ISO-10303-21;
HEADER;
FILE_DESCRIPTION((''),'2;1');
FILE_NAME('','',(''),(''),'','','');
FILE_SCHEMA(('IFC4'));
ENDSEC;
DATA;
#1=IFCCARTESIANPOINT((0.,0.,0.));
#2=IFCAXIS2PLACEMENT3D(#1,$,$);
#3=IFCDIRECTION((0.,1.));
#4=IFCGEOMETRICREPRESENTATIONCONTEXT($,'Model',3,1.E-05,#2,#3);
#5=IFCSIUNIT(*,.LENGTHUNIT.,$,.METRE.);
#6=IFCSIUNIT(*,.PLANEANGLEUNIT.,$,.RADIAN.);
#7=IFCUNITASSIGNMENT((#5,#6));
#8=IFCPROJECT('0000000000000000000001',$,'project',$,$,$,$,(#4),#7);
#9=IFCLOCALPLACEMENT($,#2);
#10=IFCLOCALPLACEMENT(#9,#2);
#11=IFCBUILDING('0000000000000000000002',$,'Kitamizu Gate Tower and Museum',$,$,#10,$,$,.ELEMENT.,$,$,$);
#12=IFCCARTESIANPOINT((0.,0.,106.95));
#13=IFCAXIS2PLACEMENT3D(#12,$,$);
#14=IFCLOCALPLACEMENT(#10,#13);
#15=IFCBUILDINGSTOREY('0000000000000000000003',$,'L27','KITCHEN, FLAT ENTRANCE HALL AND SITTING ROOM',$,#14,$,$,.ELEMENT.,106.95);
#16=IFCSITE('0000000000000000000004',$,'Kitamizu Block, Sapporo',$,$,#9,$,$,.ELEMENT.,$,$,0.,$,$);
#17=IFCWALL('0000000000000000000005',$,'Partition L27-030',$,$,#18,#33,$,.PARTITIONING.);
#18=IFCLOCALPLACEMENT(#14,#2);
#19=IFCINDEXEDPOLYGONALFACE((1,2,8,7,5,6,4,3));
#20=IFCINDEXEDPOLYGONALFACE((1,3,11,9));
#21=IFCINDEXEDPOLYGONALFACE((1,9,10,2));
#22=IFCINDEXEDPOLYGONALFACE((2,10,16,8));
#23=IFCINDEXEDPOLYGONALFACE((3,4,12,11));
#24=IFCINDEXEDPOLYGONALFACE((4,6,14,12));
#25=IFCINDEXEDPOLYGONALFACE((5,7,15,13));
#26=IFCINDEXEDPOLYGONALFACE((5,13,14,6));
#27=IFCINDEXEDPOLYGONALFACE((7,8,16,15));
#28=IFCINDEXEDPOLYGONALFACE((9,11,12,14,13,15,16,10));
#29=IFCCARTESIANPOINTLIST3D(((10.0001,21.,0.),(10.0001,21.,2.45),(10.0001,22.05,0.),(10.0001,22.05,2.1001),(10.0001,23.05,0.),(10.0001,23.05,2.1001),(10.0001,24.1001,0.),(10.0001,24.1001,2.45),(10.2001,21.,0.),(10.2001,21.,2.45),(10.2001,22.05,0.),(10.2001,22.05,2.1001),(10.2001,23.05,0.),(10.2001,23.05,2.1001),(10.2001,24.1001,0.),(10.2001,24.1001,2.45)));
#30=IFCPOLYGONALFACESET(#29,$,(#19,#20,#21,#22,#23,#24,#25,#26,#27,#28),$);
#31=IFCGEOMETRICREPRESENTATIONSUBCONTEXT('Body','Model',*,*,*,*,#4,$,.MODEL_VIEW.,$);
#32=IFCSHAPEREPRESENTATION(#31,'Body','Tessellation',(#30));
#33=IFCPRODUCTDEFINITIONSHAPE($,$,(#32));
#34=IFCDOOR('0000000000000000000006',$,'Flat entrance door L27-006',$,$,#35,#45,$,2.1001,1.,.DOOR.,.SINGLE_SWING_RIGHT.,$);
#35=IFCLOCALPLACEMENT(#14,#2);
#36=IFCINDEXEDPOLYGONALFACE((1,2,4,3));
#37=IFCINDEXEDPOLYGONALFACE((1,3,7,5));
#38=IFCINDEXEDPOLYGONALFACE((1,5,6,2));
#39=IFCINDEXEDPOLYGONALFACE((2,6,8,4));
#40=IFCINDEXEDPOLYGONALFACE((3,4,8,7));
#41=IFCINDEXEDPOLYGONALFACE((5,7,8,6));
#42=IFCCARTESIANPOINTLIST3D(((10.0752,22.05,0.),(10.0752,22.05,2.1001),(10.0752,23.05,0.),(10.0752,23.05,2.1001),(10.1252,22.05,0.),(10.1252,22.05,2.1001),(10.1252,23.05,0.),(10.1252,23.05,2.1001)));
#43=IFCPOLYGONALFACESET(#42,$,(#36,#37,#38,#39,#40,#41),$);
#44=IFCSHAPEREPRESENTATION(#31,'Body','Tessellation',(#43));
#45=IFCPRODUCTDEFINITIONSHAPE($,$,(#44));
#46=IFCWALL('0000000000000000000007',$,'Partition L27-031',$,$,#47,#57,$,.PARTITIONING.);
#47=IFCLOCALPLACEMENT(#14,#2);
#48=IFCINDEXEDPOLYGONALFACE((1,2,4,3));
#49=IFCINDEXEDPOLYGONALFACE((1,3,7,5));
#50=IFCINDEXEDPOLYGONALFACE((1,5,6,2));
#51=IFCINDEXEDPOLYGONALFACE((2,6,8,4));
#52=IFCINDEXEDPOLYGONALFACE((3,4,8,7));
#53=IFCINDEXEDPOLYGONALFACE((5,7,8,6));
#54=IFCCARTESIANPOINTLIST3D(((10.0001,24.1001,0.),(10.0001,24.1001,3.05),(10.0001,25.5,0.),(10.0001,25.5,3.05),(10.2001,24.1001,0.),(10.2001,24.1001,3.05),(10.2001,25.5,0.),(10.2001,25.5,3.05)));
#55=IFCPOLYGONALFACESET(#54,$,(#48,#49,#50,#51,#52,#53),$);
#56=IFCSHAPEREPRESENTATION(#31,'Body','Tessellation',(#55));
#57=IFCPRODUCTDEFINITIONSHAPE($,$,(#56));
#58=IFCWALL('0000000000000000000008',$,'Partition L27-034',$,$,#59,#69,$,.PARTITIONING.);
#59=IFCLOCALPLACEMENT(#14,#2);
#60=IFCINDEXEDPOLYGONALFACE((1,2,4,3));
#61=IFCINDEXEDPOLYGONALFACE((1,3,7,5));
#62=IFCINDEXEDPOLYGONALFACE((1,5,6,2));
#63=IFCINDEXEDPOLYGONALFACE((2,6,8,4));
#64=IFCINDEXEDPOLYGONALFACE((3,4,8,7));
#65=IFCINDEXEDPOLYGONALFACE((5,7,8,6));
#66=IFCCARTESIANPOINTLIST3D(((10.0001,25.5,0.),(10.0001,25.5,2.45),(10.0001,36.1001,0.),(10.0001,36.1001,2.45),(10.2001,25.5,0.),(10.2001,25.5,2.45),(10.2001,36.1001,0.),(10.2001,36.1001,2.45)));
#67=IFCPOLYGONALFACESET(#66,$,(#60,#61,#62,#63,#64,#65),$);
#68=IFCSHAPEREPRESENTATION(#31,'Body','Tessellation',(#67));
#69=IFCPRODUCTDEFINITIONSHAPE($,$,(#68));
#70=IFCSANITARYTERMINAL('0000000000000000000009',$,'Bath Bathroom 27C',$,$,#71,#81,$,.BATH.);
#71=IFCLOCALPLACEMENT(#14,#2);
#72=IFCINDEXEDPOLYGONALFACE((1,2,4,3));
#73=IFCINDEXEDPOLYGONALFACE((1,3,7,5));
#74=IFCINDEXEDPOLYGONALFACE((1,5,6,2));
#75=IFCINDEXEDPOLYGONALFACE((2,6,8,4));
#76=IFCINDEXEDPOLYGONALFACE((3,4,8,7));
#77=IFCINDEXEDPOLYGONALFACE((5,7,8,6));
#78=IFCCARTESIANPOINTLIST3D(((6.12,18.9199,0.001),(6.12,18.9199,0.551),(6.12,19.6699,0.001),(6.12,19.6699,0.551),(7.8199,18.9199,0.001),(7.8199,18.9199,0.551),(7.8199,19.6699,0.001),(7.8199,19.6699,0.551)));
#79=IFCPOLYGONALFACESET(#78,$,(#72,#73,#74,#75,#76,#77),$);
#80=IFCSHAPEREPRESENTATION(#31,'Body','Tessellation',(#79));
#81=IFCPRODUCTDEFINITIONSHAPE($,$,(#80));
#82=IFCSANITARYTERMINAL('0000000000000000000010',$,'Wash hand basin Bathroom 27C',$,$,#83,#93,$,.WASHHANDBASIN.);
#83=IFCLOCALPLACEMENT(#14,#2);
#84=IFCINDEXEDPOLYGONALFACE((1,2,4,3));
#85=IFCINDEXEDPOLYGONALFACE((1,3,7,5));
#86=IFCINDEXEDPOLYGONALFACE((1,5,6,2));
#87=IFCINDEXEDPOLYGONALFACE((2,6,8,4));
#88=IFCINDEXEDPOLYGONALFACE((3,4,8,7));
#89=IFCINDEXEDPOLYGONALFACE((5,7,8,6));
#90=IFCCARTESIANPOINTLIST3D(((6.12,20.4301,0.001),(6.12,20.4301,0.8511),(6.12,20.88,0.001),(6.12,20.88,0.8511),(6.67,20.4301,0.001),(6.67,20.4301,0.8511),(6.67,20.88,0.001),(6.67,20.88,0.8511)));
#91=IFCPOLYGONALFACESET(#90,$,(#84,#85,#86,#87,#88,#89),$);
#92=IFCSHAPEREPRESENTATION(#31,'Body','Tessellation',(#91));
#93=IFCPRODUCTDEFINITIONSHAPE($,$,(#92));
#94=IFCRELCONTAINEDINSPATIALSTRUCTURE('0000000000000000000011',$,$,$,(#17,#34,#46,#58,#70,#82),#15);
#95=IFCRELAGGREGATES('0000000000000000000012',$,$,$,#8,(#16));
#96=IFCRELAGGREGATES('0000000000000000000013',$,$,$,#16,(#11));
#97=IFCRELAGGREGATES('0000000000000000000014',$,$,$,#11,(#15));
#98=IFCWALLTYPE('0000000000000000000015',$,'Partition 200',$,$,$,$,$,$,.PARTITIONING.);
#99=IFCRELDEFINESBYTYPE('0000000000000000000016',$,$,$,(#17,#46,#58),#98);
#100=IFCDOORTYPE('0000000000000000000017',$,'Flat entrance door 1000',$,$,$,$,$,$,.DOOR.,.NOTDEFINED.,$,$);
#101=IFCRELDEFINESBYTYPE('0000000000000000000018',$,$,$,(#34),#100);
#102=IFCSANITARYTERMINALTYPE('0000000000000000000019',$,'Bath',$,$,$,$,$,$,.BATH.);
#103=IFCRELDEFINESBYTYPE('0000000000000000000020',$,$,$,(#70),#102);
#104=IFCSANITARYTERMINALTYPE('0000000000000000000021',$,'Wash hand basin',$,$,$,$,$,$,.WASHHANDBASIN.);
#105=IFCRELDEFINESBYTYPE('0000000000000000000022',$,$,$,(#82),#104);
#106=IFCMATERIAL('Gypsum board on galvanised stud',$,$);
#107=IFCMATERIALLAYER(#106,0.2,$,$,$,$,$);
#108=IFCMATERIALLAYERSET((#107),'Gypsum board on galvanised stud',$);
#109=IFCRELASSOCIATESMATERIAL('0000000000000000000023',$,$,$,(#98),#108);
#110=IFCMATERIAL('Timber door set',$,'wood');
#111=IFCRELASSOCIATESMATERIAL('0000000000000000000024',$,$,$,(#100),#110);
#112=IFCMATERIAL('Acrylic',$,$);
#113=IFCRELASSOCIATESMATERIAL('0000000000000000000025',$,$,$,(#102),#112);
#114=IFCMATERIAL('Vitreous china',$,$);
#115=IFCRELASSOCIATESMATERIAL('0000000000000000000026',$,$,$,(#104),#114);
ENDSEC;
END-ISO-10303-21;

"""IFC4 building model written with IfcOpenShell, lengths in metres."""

from ifc_helpers import new_model, si_unit, direction, frame, frame_2d, origin, origin_2d, place, context, subcontext, project, spatial, rectangle, extrude, material, layer, layer_set, type_object, element, fill, save


model = new_model("IFC4")

# Units and contexts
model_context = context("Model", 3, precision=1e-05, world=origin(), true_north=direction((0.0, 1.0)))
body_context = subcontext(model_context, "Body", "Model", "MODEL_VIEW")
ifc_project = project(units=[si_unit("LENGTHUNIT", "METRE"), si_unit("PLANEANGLEUNIT", "RADIAN")], contexts=[model_context])

# Site, building, storey
site_placement = place(None, origin())
site = spatial("IfcSite", under=ifc_project, at=site_placement, Name="Kitamizu Block, Sapporo", CompositionType="ELEMENT", RefElevation=0.0)
building_placement = place(site_placement, origin())
building = spatial("IfcBuilding", under=site, at=building_placement, Name="Kitamizu Gate Tower and Museum", CompositionType="ELEMENT")
storey_placement = place(building_placement, frame((0.0, 0.0, 106.95)))
storey = spatial("IfcBuildingStorey", under=building, at=storey_placement, Name="L27", Description="KITCHEN, FLAT ENTRANCE HALL AND SITTING ROOM", CompositionType="ELEMENT", Elevation=106.95)

# Wall, opening, door
ifc_material_1 = material(Name="Gypsum board on galvanised stud")
ifc_layer_1 = layer(ifc_material_1, 0.2)
ifc_layer_set_1 = layer_set([ifc_layer_1], Name="Gypsum board on galvanised stud")
wall_type_1 = type_object("IfcWallType", Name="Partition 200", PredefinedType="PARTITIONING", material=ifc_layer_set_1)
wall_1_placement = place(storey_placement, frame((10.1001, 21.0, 0.0), z_axis=(0.0, 0.0, 1.0), x_axis=(0.0, 1.0, 0.0)))
wall_1 = element("IfcWall", 1, at=wall_1_placement, inside=storey, type_object=wall_type_1, Name="Partition L27-030", PredefinedType="PARTITIONING", context=body_context, shape_type="SweptSolid", body=[
    extrude(rectangle(XDim=3.1001, YDim=0.2, at=frame_2d((1.55, 0.0))), origin(), (0.0, 0.0, 1.0), 2.45),
])
opening_1_placement = place(wall_1_placement, frame((1.05, 0.0, 0.0)))
opening_1 = element("IfcOpeningElement", 2, at=opening_1_placement, cuts=wall_1, PredefinedType="OPENING", context=body_context, shape_type="SweptSolid", body=[
    extrude(rectangle(XDim=1.0, YDim=2.1001, at=frame_2d((0.5, 1.05))), frame((0.0, 0.1099, 0.0), z_axis=(0.0, -1.0, 0.0), x_axis=(1.0, 0.0, 0.0)), (0.0, 0.0, 1.0), 0.22),
])
ifc_material_2 = material(Name="Timber door set", Category="wood")
door_type_1 = type_object("IfcDoorType", Name="Flat entrance door 1000", OperationType="NOTDEFINED", PredefinedType="DOOR", material=ifc_material_2)
door_1_placement = place(opening_1_placement, origin())
door_1 = element("IfcDoor", 3, at=door_1_placement, inside=storey, type_object=door_type_1, Name="Flat entrance door L27-006", OperationType="SINGLE_SWING_RIGHT", OverallHeight=2.1001, OverallWidth=1.0, PredefinedType="DOOR", context=body_context, shape_type="SweptSolid", body=[
    extrude(rectangle(XDim=1.0, YDim=2.1001, at=frame_2d((0.5, 1.05))), frame((0.0, 0.0249, 0.0), z_axis=(0.0, -1.0, 0.0), x_axis=(1.0, 0.0, 0.0)), (0.0, 0.0, 1.0), 0.05),
])
fill(opening_1, door_1)

# Walls
wall_2_placement = place(storey_placement, frame((10.1001, 24.1001, 0.0), z_axis=(0.0, 0.0, 1.0), x_axis=(0.0, 1.0, 0.0)))
element("IfcWall", 4, at=wall_2_placement, inside=storey, type_object=wall_type_1, Name="Partition L27-031", PredefinedType="PARTITIONING", context=body_context, shape_type="SweptSolid", body=[
    extrude(rectangle(XDim=1.3999, YDim=0.2, at=frame_2d((0.7, 0.0))), origin(), (0.0, 0.0, 1.0), 3.05),
])
wall_3_placement = place(storey_placement, frame((10.1001, 25.5, 0.0), z_axis=(0.0, 0.0, 1.0), x_axis=(0.0, 1.0, 0.0)))
element("IfcWall", 5, at=wall_3_placement, inside=storey, type_object=wall_type_1, Name="Partition L27-034", PredefinedType="PARTITIONING", context=body_context, shape_type="SweptSolid", body=[
    extrude(rectangle(XDim=10.6001, YDim=0.2, at=frame_2d((5.3, 0.0))), origin(), (0.0, 0.0, 1.0), 2.45),
])

# Sanitary terminals
ifc_material_3 = material(Name="Acrylic")
sanitary_terminal_type_1 = type_object("IfcSanitaryTerminalType", Name="Bath", PredefinedType="BATH", material=ifc_material_3)
sanitary_terminal_1_placement = place(storey_placement, frame((6.97, 19.2949, 0.001), z_axis=(0.0, 0.0, 1.0), x_axis=(1.0, 0.0, 0.0)))
element("IfcSanitaryTerminal", 6, at=sanitary_terminal_1_placement, inside=storey, type_object=sanitary_terminal_type_1, Name="Bath Bathroom 27C", PredefinedType="BATH", context=body_context, shape_type="SweptSolid", body=[
    extrude(rectangle(XDim=1.7, YDim=0.75, at=origin_2d()), origin(), (0.0, 0.0, 1.0), 0.55),
])
ifc_material_4 = material(Name="Vitreous china")
sanitary_terminal_type_2 = type_object("IfcSanitaryTerminalType", Name="Wash hand basin", PredefinedType="WASHHANDBASIN", material=ifc_material_4)
sanitary_terminal_2_placement = place(storey_placement, frame((6.395, 20.655, 0.001), z_axis=(0.0, 0.0, 1.0), x_axis=(1.0, 0.0, 0.0)))
element("IfcSanitaryTerminal", 7, at=sanitary_terminal_2_placement, inside=storey, type_object=sanitary_terminal_type_2, Name="Wash hand basin Bathroom 27C", PredefinedType="WASHHANDBASIN", context=body_context, shape_type="SweptSolid", body=[
    extrude(rectangle(XDim=0.55, YDim=0.45, at=origin_2d()), origin(), (0.0, 0.0, 1.0), 0.8501),
])

save(model, "model.ifc")
